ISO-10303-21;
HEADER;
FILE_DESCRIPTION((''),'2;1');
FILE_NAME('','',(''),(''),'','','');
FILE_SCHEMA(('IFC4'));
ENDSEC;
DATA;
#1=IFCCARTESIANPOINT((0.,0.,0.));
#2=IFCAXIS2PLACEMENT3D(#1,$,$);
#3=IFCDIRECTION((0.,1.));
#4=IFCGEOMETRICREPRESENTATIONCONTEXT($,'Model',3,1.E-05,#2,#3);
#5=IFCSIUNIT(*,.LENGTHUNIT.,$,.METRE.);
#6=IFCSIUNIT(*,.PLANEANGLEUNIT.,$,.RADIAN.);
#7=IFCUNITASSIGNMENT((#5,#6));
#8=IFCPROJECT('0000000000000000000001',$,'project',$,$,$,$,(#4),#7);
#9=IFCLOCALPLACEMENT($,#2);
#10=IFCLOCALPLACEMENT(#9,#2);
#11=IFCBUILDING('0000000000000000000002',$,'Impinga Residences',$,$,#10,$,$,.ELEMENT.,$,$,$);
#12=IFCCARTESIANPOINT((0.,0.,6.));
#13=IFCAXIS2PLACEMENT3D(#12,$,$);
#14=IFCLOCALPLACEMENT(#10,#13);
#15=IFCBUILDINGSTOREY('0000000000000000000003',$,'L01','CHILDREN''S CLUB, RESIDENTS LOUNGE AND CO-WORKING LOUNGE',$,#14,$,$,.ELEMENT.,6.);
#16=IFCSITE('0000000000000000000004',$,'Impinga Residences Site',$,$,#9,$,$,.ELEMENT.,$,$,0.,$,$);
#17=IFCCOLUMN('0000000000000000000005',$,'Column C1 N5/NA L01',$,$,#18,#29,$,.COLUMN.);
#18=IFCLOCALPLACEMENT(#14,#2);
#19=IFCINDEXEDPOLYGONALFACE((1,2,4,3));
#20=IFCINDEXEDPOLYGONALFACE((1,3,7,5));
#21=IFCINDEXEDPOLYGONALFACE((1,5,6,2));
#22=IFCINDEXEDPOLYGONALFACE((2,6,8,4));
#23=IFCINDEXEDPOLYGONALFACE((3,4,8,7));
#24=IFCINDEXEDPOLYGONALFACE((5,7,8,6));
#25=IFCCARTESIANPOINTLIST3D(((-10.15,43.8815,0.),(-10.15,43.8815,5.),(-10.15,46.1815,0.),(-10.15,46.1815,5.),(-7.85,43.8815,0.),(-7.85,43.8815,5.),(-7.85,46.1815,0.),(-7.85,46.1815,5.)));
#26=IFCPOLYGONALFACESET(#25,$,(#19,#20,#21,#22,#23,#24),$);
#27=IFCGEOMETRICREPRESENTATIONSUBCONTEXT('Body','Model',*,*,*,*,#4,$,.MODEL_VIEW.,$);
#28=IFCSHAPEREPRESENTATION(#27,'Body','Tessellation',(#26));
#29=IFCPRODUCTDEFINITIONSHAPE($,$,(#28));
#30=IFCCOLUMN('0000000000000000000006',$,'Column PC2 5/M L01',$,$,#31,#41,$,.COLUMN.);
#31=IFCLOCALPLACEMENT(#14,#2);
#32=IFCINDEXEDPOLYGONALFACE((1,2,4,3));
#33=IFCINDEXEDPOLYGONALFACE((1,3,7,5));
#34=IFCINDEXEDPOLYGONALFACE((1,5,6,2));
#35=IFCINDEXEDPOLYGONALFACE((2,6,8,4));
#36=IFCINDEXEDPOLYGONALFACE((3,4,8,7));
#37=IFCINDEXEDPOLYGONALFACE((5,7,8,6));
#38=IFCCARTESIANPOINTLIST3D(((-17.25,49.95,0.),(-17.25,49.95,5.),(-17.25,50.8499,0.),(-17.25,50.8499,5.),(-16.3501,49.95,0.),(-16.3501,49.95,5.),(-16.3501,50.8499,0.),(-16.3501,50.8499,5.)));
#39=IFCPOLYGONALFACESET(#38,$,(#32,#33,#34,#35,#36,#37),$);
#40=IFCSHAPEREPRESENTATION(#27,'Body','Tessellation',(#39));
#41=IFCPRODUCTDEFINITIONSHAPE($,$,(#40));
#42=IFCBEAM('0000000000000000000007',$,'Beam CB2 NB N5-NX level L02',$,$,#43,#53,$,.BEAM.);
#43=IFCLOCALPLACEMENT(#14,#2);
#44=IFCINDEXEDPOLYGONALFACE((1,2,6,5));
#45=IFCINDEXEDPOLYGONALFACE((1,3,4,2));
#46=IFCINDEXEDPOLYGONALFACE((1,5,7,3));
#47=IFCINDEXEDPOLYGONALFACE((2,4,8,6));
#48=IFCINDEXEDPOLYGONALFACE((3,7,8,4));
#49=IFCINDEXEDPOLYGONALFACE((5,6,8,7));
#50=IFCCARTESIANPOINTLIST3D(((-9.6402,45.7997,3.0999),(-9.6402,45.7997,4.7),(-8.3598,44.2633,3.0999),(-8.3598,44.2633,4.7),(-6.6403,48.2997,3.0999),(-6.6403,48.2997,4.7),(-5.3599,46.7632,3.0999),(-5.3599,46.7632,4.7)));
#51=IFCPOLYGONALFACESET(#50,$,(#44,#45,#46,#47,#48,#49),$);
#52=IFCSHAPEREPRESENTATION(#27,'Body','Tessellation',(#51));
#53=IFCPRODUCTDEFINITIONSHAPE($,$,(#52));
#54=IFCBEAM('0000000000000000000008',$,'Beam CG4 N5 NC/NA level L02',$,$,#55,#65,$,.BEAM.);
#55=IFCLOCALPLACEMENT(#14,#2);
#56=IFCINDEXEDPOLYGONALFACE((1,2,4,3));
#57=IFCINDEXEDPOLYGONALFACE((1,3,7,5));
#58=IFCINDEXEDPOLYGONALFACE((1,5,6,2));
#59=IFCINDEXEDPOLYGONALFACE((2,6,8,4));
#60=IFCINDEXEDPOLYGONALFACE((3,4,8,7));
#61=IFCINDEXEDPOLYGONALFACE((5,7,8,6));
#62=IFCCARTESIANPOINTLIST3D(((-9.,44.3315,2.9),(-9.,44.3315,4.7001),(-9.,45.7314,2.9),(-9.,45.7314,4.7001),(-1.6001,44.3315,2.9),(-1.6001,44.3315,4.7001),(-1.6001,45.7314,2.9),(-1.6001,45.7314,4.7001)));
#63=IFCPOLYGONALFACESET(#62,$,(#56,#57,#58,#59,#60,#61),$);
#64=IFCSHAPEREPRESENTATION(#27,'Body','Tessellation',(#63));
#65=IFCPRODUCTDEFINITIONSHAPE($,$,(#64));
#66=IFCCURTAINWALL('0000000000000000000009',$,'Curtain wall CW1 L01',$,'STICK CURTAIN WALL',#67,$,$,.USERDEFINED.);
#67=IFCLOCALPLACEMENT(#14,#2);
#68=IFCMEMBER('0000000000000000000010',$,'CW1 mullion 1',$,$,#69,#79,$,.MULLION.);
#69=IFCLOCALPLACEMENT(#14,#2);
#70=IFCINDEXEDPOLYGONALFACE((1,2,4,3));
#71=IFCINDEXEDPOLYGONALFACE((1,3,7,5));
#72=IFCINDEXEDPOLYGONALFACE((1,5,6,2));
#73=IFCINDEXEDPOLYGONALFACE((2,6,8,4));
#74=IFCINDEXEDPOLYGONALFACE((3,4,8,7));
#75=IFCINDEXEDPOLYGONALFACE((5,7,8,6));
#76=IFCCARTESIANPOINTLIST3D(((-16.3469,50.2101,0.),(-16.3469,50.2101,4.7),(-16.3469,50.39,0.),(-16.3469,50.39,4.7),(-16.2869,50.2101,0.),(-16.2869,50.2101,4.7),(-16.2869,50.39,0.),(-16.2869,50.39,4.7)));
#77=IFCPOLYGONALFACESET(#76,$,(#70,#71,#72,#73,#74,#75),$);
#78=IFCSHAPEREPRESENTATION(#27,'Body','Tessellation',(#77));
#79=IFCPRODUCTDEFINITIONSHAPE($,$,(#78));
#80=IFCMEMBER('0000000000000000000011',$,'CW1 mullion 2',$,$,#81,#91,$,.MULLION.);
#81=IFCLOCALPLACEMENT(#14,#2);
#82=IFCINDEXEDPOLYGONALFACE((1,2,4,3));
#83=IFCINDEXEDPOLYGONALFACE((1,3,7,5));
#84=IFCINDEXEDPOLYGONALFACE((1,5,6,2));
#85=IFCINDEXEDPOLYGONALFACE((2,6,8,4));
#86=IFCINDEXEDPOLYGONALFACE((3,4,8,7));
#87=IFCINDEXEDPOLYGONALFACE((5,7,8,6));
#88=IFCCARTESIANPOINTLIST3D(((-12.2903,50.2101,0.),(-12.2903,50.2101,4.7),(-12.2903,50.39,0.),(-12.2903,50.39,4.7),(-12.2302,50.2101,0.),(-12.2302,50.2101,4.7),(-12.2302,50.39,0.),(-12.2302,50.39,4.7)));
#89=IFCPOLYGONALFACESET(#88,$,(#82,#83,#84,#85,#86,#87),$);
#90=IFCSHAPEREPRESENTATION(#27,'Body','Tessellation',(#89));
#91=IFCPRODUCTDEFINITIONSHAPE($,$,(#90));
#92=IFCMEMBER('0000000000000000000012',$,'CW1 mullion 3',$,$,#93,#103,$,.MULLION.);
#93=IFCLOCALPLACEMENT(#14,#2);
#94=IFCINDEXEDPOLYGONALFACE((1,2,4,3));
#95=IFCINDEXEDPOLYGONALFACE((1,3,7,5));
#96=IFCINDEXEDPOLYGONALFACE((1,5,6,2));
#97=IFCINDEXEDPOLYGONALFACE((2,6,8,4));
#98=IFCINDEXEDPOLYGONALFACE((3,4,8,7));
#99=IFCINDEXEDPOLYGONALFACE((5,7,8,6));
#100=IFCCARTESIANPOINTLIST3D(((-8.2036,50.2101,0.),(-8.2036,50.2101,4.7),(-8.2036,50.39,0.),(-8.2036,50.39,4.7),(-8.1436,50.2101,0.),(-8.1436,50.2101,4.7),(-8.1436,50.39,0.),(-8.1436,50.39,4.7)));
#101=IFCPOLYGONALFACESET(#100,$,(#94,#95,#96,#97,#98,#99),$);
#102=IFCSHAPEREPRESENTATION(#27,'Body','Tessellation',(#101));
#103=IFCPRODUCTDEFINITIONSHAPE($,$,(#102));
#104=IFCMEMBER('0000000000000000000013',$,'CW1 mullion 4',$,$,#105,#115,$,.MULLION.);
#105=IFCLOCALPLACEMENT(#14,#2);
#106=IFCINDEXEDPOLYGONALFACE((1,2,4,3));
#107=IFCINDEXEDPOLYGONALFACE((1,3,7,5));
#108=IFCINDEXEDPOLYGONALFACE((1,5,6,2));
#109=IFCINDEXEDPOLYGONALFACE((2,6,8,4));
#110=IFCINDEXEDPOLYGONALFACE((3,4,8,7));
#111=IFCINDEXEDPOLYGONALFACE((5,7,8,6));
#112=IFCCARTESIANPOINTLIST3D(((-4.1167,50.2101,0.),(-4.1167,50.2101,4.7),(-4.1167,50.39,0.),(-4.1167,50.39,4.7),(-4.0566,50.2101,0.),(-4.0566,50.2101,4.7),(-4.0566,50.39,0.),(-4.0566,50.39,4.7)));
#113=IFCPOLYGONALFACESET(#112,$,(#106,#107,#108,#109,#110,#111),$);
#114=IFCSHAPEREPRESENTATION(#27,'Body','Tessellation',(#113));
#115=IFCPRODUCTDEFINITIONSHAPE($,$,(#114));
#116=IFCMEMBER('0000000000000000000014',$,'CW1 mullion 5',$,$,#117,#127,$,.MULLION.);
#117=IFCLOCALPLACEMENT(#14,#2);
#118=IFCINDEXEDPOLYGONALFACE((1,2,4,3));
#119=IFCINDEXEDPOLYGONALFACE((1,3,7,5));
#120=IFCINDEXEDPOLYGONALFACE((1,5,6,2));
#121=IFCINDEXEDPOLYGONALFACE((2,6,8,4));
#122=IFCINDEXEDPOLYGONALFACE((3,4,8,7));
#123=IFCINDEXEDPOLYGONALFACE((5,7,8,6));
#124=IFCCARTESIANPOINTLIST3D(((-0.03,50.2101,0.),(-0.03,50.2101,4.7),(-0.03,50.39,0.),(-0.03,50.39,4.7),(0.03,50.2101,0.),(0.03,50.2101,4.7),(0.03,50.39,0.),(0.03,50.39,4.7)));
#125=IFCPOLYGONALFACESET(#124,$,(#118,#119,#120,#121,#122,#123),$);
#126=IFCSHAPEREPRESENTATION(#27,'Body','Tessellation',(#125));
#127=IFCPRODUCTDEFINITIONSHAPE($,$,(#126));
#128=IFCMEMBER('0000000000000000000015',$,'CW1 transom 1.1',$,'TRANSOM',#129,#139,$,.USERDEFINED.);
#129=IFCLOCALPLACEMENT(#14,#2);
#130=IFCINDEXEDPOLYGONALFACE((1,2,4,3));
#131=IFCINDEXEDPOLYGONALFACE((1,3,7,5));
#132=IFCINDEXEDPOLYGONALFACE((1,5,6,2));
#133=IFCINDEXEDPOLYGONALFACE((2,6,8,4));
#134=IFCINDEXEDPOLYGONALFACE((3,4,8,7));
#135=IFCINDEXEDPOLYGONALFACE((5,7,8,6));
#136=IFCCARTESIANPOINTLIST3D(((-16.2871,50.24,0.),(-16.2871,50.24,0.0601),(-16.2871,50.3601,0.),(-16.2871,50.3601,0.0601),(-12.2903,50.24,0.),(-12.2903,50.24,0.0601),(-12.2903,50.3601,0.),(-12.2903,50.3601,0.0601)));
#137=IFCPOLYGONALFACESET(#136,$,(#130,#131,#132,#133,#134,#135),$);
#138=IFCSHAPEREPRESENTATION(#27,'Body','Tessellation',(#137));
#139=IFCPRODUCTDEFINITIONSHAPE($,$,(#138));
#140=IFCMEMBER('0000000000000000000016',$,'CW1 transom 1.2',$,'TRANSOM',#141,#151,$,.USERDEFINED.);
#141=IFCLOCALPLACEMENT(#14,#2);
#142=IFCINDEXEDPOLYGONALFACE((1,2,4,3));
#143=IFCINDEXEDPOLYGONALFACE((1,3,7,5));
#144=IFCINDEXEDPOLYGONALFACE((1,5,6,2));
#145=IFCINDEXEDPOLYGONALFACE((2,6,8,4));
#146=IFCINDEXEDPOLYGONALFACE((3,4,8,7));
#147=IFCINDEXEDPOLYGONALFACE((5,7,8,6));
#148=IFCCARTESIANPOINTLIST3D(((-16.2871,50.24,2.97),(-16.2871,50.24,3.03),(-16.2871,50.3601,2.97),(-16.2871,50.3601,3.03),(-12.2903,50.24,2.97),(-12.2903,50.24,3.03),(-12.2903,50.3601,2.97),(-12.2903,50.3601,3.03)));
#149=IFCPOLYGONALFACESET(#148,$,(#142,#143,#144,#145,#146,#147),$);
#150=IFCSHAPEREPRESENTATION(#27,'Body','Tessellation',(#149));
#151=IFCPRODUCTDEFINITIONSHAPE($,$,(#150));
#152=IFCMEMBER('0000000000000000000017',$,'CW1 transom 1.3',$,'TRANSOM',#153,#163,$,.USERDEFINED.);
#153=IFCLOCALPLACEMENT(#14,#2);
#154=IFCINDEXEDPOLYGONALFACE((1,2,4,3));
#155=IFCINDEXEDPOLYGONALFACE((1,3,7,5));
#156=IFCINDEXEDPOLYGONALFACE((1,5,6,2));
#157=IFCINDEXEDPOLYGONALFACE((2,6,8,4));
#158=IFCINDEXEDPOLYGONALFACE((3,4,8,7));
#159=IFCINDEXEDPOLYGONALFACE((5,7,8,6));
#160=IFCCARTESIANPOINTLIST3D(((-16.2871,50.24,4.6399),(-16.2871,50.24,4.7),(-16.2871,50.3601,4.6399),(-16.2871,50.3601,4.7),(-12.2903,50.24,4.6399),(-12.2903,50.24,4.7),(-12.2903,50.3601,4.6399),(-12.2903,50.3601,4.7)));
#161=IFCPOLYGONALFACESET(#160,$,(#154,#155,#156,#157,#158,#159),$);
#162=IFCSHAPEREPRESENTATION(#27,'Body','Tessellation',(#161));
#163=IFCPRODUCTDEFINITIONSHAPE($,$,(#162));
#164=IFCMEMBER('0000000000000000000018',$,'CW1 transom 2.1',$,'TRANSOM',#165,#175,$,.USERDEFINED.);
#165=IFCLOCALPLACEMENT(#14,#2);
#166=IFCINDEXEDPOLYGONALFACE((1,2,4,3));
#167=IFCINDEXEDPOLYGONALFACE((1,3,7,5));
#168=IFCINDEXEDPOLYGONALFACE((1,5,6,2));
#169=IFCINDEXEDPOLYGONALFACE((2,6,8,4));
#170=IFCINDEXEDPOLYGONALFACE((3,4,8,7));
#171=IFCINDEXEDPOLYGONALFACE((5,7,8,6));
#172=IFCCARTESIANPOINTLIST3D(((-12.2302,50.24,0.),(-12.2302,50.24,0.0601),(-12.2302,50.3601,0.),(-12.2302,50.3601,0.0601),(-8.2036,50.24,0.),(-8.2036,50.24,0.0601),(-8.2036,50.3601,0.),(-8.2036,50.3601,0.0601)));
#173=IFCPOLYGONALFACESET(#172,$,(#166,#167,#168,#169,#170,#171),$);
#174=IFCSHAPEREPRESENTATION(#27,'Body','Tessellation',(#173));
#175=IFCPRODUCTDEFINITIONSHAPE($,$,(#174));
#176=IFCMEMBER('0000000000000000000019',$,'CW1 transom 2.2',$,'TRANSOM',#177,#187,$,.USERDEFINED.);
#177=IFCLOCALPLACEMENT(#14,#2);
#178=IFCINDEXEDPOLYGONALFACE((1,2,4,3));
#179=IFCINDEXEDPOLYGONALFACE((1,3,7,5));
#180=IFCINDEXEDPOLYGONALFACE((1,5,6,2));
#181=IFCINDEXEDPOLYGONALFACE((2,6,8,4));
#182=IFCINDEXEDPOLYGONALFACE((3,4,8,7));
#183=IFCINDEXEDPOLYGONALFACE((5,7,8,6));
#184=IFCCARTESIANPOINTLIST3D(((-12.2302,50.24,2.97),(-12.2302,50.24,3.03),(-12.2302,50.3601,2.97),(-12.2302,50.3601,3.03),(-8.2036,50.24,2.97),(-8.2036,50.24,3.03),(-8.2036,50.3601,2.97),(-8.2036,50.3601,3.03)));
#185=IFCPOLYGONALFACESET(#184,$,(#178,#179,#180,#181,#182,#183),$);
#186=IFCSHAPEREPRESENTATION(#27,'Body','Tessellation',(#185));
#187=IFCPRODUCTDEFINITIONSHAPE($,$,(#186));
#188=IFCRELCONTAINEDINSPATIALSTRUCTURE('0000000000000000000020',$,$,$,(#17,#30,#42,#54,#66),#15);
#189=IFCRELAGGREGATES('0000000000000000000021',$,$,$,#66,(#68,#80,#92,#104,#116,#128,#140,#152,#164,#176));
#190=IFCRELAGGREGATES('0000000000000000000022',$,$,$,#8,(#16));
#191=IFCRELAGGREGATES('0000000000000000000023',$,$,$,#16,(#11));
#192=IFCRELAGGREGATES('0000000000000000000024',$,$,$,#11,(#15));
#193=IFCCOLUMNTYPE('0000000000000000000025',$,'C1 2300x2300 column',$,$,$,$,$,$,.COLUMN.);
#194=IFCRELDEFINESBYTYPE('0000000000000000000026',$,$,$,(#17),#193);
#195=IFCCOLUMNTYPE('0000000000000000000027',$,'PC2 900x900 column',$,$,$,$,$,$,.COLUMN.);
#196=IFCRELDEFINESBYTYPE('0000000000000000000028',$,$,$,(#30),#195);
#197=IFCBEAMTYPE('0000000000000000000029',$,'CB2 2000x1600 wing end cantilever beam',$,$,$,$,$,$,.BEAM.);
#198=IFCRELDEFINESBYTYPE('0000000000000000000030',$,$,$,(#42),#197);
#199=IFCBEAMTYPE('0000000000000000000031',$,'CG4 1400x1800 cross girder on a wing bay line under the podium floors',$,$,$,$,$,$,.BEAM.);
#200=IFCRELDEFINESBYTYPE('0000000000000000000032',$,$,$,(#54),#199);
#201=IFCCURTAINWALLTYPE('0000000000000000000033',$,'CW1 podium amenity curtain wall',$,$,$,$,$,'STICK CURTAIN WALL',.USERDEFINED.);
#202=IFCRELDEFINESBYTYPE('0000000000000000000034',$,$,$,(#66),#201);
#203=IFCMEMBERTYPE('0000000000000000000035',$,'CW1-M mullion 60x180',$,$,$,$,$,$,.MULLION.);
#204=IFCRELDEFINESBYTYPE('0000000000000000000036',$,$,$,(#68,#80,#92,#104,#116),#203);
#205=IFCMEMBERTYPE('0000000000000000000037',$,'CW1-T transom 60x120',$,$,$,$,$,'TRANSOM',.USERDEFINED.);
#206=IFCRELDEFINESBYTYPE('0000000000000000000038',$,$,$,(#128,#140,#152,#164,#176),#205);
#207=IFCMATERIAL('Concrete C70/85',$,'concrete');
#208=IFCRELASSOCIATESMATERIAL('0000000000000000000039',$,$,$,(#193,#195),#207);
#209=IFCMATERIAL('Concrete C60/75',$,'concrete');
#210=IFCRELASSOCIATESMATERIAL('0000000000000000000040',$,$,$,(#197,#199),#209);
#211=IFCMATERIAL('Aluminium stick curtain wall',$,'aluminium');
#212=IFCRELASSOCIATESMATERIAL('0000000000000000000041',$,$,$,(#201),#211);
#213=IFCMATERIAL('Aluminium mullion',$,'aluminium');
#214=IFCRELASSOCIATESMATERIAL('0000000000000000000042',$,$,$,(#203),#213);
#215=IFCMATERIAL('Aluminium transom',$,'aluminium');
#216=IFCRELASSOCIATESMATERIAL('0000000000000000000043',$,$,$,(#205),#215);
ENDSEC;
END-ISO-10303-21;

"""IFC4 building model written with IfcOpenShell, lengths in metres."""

from ifc_helpers import new_model, si_unit, direction, frame, origin, origin_2d, place, context, subcontext, project, spatial, rectangle, extrude, material, material_profile, profile_set, type_object, element, aggregate, save


model = new_model("IFC4")

# Units and contexts
model_context = context("Model", 3, precision=1e-05, world=origin(), true_north=direction((0.0, 1.0)))
body_context = subcontext(model_context, "Body", "Model", "MODEL_VIEW")
ifc_project = project(units=[si_unit("LENGTHUNIT", "METRE"), si_unit("PLANEANGLEUNIT", "RADIAN")], contexts=[model_context])

# Site, building, storey
site_placement = place(None, origin())
site = spatial("IfcSite", under=ifc_project, at=site_placement, Name="Impinga Residences Site", CompositionType="ELEMENT", RefElevation=0.0)
building_placement = place(site_placement, origin())
building = spatial("IfcBuilding", under=site, at=building_placement, Name="Impinga Residences", CompositionType="ELEMENT")
storey_placement = place(building_placement, frame((0.0, 0.0, 6.0)))
storey = spatial("IfcBuildingStorey", under=building, at=storey_placement, Name="L01", Description="CHILDREN'S CLUB, RESIDENTS LOUNGE AND CO-WORKING LOUNGE", CompositionType="ELEMENT", Elevation=6.0)

# Columns
ifc_material_1 = material(Name="Concrete C70/85", Category="concrete")
ifc_material_profile_1 = material_profile(ifc_material_1, rectangle(XDim=2.3, YDim=2.3, at=origin_2d()), Name="RC 2300x2300")
ifc_profile_set_1 = profile_set([ifc_material_profile_1], Name="Concrete C70/85")
column_type_1 = type_object("IfcColumnType", Name="C1 2300x2300 column", PredefinedType="COLUMN", material=ifc_profile_set_1)
column_1_placement = place(storey_placement, frame((-9.0, 45.0315, 0.0), z_axis=(0.0, 0.0, 1.0), x_axis=(1.0, 0.0, 0.0)))
element("IfcColumn", 1, at=column_1_placement, inside=storey, type_object=column_type_1, Name="Column C1 N5/NA L01", PredefinedType="COLUMN", context=body_context, shape_type="SweptSolid", body=[
    extrude(rectangle(XDim=2.3, YDim=2.3, at=origin_2d()), origin(), (0.0, 0.0, 1.0), 5.0),
])
ifc_material_profile_2 = material_profile(ifc_material_1, rectangle(XDim=0.8999, YDim=0.8999, at=origin_2d()), Name="RC 900x900")
ifc_profile_set_2 = profile_set([ifc_material_profile_2], Name="Concrete C70/85")
column_type_2 = type_object("IfcColumnType", Name="PC2 900x900 column", PredefinedType="COLUMN", material=ifc_profile_set_2)
column_2_placement = place(storey_placement, frame((-16.8, 50.3999, 0.0), z_axis=(0.0, 0.0, 1.0), x_axis=(1.0, 0.0, 0.0)))
element("IfcColumn", 2, at=column_2_placement, inside=storey, type_object=column_type_2, Name="Column PC2 5/M L01", PredefinedType="COLUMN", context=body_context, shape_type="SweptSolid", body=[
    extrude(rectangle(XDim=0.8999, YDim=0.8999, at=origin_2d()), origin(), (0.0, 0.0, 1.0), 5.0),
])

# Beams
ifc_material_2 = material(Name="Concrete C60/75", Category="concrete")
ifc_material_profile_3 = material_profile(ifc_material_2, rectangle(XDim=2.0, YDim=1.6001, at=origin_2d()), Name="RC 2000x1600")
ifc_profile_set_3 = profile_set([ifc_material_profile_3], Name="Concrete C60/75")
beam_type_1 = type_object("IfcBeamType", Name="CB2 2000x1600 wing end cantilever beam", PredefinedType="BEAM", material=ifc_profile_set_3)
beam_1_placement = place(storey_placement, frame((-9.0, 45.0315, 3.8999), z_axis=(0.768221, 0.640184, 0.0), x_axis=(-0.640184, 0.768221, 0.0)))
element("IfcBeam", 3, at=beam_1_placement, inside=storey, type_object=beam_type_1, Name="Beam CB2 NB N5-NX level L02", PredefinedType="BEAM", context=body_context, shape_type="SweptSolid", body=[
    extrude(rectangle(XDim=2.0, YDim=1.6001, at=origin_2d()), origin(), (0.0, 0.0, 1.0), 3.905),
])
ifc_material_profile_4 = material_profile(ifc_material_2, rectangle(XDim=1.3999, YDim=1.8, at=origin_2d()), Name="RC 1400x1800")
ifc_profile_set_4 = profile_set([ifc_material_profile_4], Name="Concrete C60/75")
beam_type_2 = type_object("IfcBeamType", Name="CG4 1400x1800 cross girder on a wing bay line under the podium floors", PredefinedType="BEAM", material=ifc_profile_set_4)
beam_2_placement = place(storey_placement, frame((-1.6001, 45.0315, 3.8), z_axis=(-1.0, 0.0, 0.0), x_axis=(0.0, -1.0, 0.0)))
element("IfcBeam", 4, at=beam_2_placement, inside=storey, type_object=beam_type_2, Name="Beam CG4 N5 NC/NA level L02", PredefinedType="BEAM", context=body_context, shape_type="SweptSolid", body=[
    extrude(rectangle(XDim=1.3999, YDim=1.8, at=origin_2d()), origin(), (0.0, 0.0, 1.0), 7.3999),
])

# Curtain wall, members
ifc_material_3 = material(Name="Aluminium stick curtain wall", Category="aluminium")
curtain_wall_type = type_object("IfcCurtainWallType", Name="CW1 podium amenity curtain wall", ElementType="STICK CURTAIN WALL", PredefinedType="USERDEFINED", material=ifc_material_3)
curtain_wall_placement = place(storey_placement, origin())
curtain_wall = element("IfcCurtainWall", 5, at=curtain_wall_placement, inside=storey, type_object=curtain_wall_type, Name="Curtain wall CW1 L01", ObjectType="STICK CURTAIN WALL", PredefinedType="USERDEFINED")
ifc_material_4 = material(Name="Aluminium mullion", Category="aluminium")
ifc_material_profile_5 = material_profile(ifc_material_4, rectangle(XDim=0.0601, YDim=0.1799, at=origin_2d()), Name="60x180 mullion")
ifc_profile_set_5 = profile_set([ifc_material_profile_5], Name="Aluminium mullion")
member_type_1 = type_object("IfcMemberType", Name="CW1-M mullion 60x180", PredefinedType="MULLION", material=ifc_profile_set_5)
member_1_placement = place(storey_placement, frame((-16.3169, 50.3, 0.0), z_axis=(0.0, 0.0, 1.0), x_axis=(1.0, 0.0, 0.0)))
member_1 = element("IfcMember", 6, at=member_1_placement, type_object=member_type_1, Name="CW1 mullion 1", PredefinedType="MULLION", context=body_context, shape_type="SweptSolid", body=[
    extrude(rectangle(XDim=0.0601, YDim=0.1799, at=origin_2d()), origin(), (0.0, 0.0, 1.0), 4.7),
])
member_2_placement = place(storey_placement, frame((-12.2603, 50.3, 0.0), z_axis=(0.0, 0.0, 1.0), x_axis=(1.0, 0.0, 0.0)))
member_2 = element("IfcMember", 7, at=member_2_placement, type_object=member_type_1, Name="CW1 mullion 2", PredefinedType="MULLION", context=body_context, shape_type="SweptSolid", body=[
    extrude(rectangle(XDim=0.0601, YDim=0.1799, at=origin_2d()), origin(), (0.0, 0.0, 1.0), 4.7),
])
member_3_placement = place(storey_placement, frame((-8.1736, 50.3, 0.0), z_axis=(0.0, 0.0, 1.0), x_axis=(1.0, 0.0, 0.0)))
member_3 = element("IfcMember", 8, at=member_3_placement, type_object=member_type_1, Name="CW1 mullion 3", PredefinedType="MULLION", context=body_context, shape_type="SweptSolid", body=[
    extrude(rectangle(XDim=0.0601, YDim=0.1799, at=origin_2d()), origin(), (0.0, 0.0, 1.0), 4.7),
])
member_4_placement = place(storey_placement, frame((-4.0867, 50.3, 0.0), z_axis=(0.0, 0.0, 1.0), x_axis=(1.0, 0.0, 0.0)))
member_4 = element("IfcMember", 9, at=member_4_placement, type_object=member_type_1, Name="CW1 mullion 4", PredefinedType="MULLION", context=body_context, shape_type="SweptSolid", body=[
    extrude(rectangle(XDim=0.0601, YDim=0.1799, at=origin_2d()), origin(), (0.0, 0.0, 1.0), 4.7),
])
member_5_placement = place(storey_placement, frame((0.0, 50.3, 0.0), z_axis=(0.0, 0.0, 1.0), x_axis=(1.0, 0.0, 0.0)))
member_5 = element("IfcMember", 10, at=member_5_placement, type_object=member_type_1, Name="CW1 mullion 5", PredefinedType="MULLION", context=body_context, shape_type="SweptSolid", body=[
    extrude(rectangle(XDim=0.0601, YDim=0.1799, at=origin_2d()), origin(), (0.0, 0.0, 1.0), 4.7),
])
ifc_material_5 = material(Name="Aluminium transom", Category="aluminium")
ifc_material_profile_6 = material_profile(ifc_material_5, rectangle(XDim=0.0601, YDim=0.1201, at=origin_2d()), Name="60x120 transom")
ifc_profile_set_6 = profile_set([ifc_material_profile_6], Name="Aluminium transom")
member_type_2 = type_object("IfcMemberType", Name="CW1-T transom 60x120", ElementType="TRANSOM", PredefinedType="USERDEFINED", material=ifc_profile_set_6)
member_6_placement = place(storey_placement, frame((-16.2871, 50.3, 0.03), z_axis=(1.0, 0.0, 0.0), x_axis=(0.0, 0.0, 1.0)))
member_6 = element("IfcMember", 11, at=member_6_placement, type_object=member_type_2, Name="CW1 transom 1.1", ObjectType="TRANSOM", PredefinedType="USERDEFINED", context=body_context, shape_type="SweptSolid", body=[
    extrude(rectangle(XDim=0.0601, YDim=0.1201, at=origin_2d()), origin(), (0.0, 0.0, 1.0), 3.9968),
])
member_7_placement = place(storey_placement, frame((-16.2871, 50.3, 3.0), z_axis=(1.0, 0.0, 0.0), x_axis=(0.0, 0.0, 1.0)))
member_7 = element("IfcMember", 12, at=member_7_placement, type_object=member_type_2, Name="CW1 transom 1.2", ObjectType="TRANSOM", PredefinedType="USERDEFINED", context=body_context, shape_type="SweptSolid", body=[
    extrude(rectangle(XDim=0.0601, YDim=0.1201, at=origin_2d()), origin(), (0.0, 0.0, 1.0), 3.9968),
])
member_8_placement = place(storey_placement, frame((-16.2871, 50.3, 4.6699), z_axis=(1.0, 0.0, 0.0), x_axis=(0.0, 0.0, 1.0)))
member_8 = element("IfcMember", 13, at=member_8_placement, type_object=member_type_2, Name="CW1 transom 1.3", ObjectType="TRANSOM", PredefinedType="USERDEFINED", context=body_context, shape_type="SweptSolid", body=[
    extrude(rectangle(XDim=0.0601, YDim=0.1201, at=origin_2d()), origin(), (0.0, 0.0, 1.0), 3.9968),
])
member_9_placement = place(storey_placement, frame((-12.2302, 50.3, 0.03), z_axis=(1.0, 0.0, 0.0), x_axis=(0.0, 0.0, 1.0)))
member_9 = element("IfcMember", 14, at=member_9_placement, type_object=member_type_2, Name="CW1 transom 2.1", ObjectType="TRANSOM", PredefinedType="USERDEFINED", context=body_context, shape_type="SweptSolid", body=[
    extrude(rectangle(XDim=0.0601, YDim=0.1201, at=origin_2d()), origin(), (0.0, 0.0, 1.0), 4.0266),
])
member_10_placement = place(storey_placement, frame((-12.2302, 50.3, 3.0), z_axis=(1.0, 0.0, 0.0), x_axis=(0.0, 0.0, 1.0)))
member_10 = element("IfcMember", 15, at=member_10_placement, type_object=member_type_2, Name="CW1 transom 2.2", ObjectType="TRANSOM", PredefinedType="USERDEFINED", context=body_context, shape_type="SweptSolid", body=[
    extrude(rectangle(XDim=0.0601, YDim=0.1201, at=origin_2d()), origin(), (0.0, 0.0, 1.0), 4.0266),
])

aggregate(curtain_wall, [member_1, member_2, member_3, member_4, member_5, member_6, member_7, member_8, member_9, member_10])

save(model, "model.ifc")
